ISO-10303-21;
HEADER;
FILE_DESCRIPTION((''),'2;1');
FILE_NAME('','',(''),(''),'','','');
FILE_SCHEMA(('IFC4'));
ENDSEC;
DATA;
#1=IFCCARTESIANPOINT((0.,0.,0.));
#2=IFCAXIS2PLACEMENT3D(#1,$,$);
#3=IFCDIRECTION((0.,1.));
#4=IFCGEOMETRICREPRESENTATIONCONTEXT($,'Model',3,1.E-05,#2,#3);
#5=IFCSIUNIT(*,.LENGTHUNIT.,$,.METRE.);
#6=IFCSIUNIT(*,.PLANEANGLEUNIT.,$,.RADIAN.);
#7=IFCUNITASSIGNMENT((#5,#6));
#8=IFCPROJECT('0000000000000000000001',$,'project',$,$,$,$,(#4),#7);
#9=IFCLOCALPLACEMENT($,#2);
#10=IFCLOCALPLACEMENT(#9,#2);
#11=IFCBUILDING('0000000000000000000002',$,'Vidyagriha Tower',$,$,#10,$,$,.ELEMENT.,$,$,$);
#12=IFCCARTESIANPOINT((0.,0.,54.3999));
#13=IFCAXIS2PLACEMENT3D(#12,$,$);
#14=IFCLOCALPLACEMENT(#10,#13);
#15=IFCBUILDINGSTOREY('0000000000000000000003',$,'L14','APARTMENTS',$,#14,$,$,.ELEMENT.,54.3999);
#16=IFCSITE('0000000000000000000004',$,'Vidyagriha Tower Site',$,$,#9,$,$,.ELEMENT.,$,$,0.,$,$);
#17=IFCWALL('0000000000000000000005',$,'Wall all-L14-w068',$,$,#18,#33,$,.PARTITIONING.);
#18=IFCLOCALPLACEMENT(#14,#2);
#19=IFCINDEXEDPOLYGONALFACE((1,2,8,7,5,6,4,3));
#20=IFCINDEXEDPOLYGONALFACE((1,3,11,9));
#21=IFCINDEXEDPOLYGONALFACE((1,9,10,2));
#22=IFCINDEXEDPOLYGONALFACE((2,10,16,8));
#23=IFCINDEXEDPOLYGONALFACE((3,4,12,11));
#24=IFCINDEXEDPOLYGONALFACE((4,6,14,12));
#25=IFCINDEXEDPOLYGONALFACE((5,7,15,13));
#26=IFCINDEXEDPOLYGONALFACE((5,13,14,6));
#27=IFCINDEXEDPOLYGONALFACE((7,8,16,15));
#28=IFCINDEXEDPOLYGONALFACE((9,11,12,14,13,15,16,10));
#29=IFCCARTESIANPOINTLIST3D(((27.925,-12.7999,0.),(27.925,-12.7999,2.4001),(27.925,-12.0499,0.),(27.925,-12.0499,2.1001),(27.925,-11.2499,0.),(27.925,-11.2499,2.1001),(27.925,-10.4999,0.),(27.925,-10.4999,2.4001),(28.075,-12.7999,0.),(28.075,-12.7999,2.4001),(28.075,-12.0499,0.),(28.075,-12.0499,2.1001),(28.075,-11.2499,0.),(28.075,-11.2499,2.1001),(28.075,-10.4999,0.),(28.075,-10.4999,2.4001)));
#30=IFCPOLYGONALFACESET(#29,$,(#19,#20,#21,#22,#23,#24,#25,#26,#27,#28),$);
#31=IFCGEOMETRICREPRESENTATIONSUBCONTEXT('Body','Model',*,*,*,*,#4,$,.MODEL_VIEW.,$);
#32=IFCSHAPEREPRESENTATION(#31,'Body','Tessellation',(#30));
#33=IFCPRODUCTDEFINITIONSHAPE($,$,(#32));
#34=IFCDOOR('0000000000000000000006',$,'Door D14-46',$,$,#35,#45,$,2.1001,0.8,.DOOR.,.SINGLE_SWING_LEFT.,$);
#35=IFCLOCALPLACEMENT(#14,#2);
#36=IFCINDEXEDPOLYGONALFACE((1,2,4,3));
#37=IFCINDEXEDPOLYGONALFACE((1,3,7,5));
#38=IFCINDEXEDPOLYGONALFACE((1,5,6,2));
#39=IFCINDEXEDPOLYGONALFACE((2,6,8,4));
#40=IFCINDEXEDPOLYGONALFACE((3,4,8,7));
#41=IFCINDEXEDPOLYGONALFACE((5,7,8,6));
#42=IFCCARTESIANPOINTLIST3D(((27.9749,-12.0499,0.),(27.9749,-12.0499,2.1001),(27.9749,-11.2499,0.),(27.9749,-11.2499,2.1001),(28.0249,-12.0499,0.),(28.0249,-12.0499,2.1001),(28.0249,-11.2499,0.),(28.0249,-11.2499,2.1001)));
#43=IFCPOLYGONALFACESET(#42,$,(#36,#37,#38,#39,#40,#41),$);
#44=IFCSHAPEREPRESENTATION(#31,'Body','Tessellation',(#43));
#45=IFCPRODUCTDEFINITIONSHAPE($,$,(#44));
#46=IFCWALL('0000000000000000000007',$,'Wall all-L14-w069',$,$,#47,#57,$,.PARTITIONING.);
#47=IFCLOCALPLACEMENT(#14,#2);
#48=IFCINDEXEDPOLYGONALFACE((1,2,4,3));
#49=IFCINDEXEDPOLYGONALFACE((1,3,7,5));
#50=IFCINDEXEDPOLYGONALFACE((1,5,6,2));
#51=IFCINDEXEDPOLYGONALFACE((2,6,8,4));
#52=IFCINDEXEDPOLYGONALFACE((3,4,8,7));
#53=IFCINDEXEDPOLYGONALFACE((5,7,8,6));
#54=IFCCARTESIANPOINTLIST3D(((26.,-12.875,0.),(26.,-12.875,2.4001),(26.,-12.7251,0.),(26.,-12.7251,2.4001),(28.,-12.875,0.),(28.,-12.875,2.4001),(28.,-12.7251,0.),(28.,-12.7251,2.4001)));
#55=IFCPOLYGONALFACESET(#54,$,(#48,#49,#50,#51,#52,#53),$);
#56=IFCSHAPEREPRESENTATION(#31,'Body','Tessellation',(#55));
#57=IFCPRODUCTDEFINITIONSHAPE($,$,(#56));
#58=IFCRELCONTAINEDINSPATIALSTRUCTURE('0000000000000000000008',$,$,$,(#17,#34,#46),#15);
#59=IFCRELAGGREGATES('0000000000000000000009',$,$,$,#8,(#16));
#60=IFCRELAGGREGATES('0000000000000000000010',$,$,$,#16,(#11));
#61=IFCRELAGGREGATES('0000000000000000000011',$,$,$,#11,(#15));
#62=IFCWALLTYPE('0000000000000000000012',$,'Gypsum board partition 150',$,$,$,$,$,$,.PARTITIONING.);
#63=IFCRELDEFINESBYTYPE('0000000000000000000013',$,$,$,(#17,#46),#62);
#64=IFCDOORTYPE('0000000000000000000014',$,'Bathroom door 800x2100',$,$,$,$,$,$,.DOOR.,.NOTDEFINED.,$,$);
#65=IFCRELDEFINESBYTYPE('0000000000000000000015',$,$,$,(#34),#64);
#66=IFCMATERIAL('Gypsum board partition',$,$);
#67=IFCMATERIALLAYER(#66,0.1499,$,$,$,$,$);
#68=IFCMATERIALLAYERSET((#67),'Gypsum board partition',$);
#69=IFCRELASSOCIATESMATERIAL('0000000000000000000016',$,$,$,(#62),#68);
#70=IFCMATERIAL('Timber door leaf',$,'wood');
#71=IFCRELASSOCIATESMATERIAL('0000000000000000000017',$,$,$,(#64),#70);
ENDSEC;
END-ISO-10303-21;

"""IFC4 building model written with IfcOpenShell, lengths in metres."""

from ifc_helpers import new_model, si_unit, direction, frame, frame_2d, origin, place, context, subcontext, project, spatial, rectangle, extrude, material, layer, layer_set, type_object, element, fill, save


model = new_model("IFC4")

# Units and contexts
model_context = context("Model", 3, precision=1e-05, world=origin(), true_north=direction((0.0, 1.0)))
body_context = subcontext(model_context, "Body", "Model", "MODEL_VIEW")
ifc_project = project(units=[si_unit("LENGTHUNIT", "METRE"), si_unit("PLANEANGLEUNIT", "RADIAN")], contexts=[model_context])

# Site, building, storey
site_placement = place(None, origin())
site = spatial("IfcSite", under=ifc_project, at=site_placement, Name="Vidyagriha Tower Site", CompositionType="ELEMENT", RefElevation=0.0)
building_placement = place(site_placement, origin())
building = spatial("IfcBuilding", under=site, at=building_placement, Name="Vidyagriha Tower", CompositionType="ELEMENT")
storey_placement = place(building_placement, frame((0.0, 0.0, 54.3999)))
storey = spatial("IfcBuildingStorey", under=building, at=storey_placement, Name="L14", Description="APARTMENTS", CompositionType="ELEMENT", Elevation=54.3999)

# Shared definitions
ifc_material_1 = material(Name="Gypsum board partition")
ifc_layer_1 = layer(ifc_material_1, 0.1499)
ifc_layer_set_1 = layer_set([ifc_layer_1], Name="Gypsum board partition")
wall_type_1 = type_object("IfcWallType", Name="Gypsum board partition 150", PredefinedType="PARTITIONING", material=ifc_layer_set_1)

# Wall, opening, door
wall_1_placement = place(storey_placement, frame((28.0, -10.5, 0.0), z_axis=(0.0, 0.0, 1.0), x_axis=(0.0, -1.0, 0.0)))
wall_1 = element("IfcWall", 1, at=wall_1_placement, inside=storey, type_object=wall_type_1, Name="Wall all-L14-w068", PredefinedType="PARTITIONING", context=body_context, shape_type="SweptSolid", body=[
    extrude(rectangle(XDim=2.3, YDim=0.1499, at=frame_2d((1.1499, 0.0))), origin(), (0.0, 0.0, 1.0), 2.4001),
])
opening_1_placement = place(wall_1_placement, frame((0.75, 0.0, 0.0)))
opening_1 = element("IfcOpeningElement", 2, at=opening_1_placement, cuts=wall_1, PredefinedType="OPENING", context=body_context, shape_type="SweptSolid", body=[
    extrude(rectangle(XDim=0.8, YDim=2.1001, at=frame_2d((0.3999, 1.05))), frame((0.0, 0.085, 0.0), z_axis=(0.0, -1.0, 0.0), x_axis=(1.0, 0.0, 0.0)), (0.0, 0.0, 1.0), 0.1699),
])
ifc_material_2 = material(Name="Timber door leaf", Category="wood")
door_type = type_object("IfcDoorType", Name="Bathroom door 800x2100", OperationType="NOTDEFINED", PredefinedType="DOOR", material=ifc_material_2)
door_placement = place(opening_1_placement, origin())
door = element("IfcDoor", 3, at=door_placement, inside=storey, type_object=door_type, Name="Door D14-46", OperationType="SINGLE_SWING_LEFT", OverallHeight=2.1001, OverallWidth=0.8, PredefinedType="DOOR", context=body_context, shape_type="SweptSolid", body=[
    extrude(rectangle(XDim=0.8, YDim=2.1001, at=frame_2d((0.3999, 1.05))), frame((0.0, 0.0249, 0.0), z_axis=(0.0, -1.0, 0.0), x_axis=(1.0, 0.0, 0.0)), (0.0, 0.0, 1.0), 0.05),
])
fill(opening_1, door)

# Wall
wall_2_placement = place(storey_placement, frame((28.0, -12.8, 0.0), z_axis=(0.0, 0.0, 1.0), x_axis=(-1.0, 0.0, 0.0)))
element("IfcWall", 4, at=wall_2_placement, inside=storey, type_object=wall_type_1, Name="Wall all-L14-w069", PredefinedType="PARTITIONING", context=body_context, shape_type="SweptSolid", body=[
    extrude(rectangle(XDim=2.0, YDim=0.1499, at=frame_2d((1.0, 0.0))), origin(), (0.0, 0.0, 1.0), 2.4001),
])

save(model, "model.ifc")
